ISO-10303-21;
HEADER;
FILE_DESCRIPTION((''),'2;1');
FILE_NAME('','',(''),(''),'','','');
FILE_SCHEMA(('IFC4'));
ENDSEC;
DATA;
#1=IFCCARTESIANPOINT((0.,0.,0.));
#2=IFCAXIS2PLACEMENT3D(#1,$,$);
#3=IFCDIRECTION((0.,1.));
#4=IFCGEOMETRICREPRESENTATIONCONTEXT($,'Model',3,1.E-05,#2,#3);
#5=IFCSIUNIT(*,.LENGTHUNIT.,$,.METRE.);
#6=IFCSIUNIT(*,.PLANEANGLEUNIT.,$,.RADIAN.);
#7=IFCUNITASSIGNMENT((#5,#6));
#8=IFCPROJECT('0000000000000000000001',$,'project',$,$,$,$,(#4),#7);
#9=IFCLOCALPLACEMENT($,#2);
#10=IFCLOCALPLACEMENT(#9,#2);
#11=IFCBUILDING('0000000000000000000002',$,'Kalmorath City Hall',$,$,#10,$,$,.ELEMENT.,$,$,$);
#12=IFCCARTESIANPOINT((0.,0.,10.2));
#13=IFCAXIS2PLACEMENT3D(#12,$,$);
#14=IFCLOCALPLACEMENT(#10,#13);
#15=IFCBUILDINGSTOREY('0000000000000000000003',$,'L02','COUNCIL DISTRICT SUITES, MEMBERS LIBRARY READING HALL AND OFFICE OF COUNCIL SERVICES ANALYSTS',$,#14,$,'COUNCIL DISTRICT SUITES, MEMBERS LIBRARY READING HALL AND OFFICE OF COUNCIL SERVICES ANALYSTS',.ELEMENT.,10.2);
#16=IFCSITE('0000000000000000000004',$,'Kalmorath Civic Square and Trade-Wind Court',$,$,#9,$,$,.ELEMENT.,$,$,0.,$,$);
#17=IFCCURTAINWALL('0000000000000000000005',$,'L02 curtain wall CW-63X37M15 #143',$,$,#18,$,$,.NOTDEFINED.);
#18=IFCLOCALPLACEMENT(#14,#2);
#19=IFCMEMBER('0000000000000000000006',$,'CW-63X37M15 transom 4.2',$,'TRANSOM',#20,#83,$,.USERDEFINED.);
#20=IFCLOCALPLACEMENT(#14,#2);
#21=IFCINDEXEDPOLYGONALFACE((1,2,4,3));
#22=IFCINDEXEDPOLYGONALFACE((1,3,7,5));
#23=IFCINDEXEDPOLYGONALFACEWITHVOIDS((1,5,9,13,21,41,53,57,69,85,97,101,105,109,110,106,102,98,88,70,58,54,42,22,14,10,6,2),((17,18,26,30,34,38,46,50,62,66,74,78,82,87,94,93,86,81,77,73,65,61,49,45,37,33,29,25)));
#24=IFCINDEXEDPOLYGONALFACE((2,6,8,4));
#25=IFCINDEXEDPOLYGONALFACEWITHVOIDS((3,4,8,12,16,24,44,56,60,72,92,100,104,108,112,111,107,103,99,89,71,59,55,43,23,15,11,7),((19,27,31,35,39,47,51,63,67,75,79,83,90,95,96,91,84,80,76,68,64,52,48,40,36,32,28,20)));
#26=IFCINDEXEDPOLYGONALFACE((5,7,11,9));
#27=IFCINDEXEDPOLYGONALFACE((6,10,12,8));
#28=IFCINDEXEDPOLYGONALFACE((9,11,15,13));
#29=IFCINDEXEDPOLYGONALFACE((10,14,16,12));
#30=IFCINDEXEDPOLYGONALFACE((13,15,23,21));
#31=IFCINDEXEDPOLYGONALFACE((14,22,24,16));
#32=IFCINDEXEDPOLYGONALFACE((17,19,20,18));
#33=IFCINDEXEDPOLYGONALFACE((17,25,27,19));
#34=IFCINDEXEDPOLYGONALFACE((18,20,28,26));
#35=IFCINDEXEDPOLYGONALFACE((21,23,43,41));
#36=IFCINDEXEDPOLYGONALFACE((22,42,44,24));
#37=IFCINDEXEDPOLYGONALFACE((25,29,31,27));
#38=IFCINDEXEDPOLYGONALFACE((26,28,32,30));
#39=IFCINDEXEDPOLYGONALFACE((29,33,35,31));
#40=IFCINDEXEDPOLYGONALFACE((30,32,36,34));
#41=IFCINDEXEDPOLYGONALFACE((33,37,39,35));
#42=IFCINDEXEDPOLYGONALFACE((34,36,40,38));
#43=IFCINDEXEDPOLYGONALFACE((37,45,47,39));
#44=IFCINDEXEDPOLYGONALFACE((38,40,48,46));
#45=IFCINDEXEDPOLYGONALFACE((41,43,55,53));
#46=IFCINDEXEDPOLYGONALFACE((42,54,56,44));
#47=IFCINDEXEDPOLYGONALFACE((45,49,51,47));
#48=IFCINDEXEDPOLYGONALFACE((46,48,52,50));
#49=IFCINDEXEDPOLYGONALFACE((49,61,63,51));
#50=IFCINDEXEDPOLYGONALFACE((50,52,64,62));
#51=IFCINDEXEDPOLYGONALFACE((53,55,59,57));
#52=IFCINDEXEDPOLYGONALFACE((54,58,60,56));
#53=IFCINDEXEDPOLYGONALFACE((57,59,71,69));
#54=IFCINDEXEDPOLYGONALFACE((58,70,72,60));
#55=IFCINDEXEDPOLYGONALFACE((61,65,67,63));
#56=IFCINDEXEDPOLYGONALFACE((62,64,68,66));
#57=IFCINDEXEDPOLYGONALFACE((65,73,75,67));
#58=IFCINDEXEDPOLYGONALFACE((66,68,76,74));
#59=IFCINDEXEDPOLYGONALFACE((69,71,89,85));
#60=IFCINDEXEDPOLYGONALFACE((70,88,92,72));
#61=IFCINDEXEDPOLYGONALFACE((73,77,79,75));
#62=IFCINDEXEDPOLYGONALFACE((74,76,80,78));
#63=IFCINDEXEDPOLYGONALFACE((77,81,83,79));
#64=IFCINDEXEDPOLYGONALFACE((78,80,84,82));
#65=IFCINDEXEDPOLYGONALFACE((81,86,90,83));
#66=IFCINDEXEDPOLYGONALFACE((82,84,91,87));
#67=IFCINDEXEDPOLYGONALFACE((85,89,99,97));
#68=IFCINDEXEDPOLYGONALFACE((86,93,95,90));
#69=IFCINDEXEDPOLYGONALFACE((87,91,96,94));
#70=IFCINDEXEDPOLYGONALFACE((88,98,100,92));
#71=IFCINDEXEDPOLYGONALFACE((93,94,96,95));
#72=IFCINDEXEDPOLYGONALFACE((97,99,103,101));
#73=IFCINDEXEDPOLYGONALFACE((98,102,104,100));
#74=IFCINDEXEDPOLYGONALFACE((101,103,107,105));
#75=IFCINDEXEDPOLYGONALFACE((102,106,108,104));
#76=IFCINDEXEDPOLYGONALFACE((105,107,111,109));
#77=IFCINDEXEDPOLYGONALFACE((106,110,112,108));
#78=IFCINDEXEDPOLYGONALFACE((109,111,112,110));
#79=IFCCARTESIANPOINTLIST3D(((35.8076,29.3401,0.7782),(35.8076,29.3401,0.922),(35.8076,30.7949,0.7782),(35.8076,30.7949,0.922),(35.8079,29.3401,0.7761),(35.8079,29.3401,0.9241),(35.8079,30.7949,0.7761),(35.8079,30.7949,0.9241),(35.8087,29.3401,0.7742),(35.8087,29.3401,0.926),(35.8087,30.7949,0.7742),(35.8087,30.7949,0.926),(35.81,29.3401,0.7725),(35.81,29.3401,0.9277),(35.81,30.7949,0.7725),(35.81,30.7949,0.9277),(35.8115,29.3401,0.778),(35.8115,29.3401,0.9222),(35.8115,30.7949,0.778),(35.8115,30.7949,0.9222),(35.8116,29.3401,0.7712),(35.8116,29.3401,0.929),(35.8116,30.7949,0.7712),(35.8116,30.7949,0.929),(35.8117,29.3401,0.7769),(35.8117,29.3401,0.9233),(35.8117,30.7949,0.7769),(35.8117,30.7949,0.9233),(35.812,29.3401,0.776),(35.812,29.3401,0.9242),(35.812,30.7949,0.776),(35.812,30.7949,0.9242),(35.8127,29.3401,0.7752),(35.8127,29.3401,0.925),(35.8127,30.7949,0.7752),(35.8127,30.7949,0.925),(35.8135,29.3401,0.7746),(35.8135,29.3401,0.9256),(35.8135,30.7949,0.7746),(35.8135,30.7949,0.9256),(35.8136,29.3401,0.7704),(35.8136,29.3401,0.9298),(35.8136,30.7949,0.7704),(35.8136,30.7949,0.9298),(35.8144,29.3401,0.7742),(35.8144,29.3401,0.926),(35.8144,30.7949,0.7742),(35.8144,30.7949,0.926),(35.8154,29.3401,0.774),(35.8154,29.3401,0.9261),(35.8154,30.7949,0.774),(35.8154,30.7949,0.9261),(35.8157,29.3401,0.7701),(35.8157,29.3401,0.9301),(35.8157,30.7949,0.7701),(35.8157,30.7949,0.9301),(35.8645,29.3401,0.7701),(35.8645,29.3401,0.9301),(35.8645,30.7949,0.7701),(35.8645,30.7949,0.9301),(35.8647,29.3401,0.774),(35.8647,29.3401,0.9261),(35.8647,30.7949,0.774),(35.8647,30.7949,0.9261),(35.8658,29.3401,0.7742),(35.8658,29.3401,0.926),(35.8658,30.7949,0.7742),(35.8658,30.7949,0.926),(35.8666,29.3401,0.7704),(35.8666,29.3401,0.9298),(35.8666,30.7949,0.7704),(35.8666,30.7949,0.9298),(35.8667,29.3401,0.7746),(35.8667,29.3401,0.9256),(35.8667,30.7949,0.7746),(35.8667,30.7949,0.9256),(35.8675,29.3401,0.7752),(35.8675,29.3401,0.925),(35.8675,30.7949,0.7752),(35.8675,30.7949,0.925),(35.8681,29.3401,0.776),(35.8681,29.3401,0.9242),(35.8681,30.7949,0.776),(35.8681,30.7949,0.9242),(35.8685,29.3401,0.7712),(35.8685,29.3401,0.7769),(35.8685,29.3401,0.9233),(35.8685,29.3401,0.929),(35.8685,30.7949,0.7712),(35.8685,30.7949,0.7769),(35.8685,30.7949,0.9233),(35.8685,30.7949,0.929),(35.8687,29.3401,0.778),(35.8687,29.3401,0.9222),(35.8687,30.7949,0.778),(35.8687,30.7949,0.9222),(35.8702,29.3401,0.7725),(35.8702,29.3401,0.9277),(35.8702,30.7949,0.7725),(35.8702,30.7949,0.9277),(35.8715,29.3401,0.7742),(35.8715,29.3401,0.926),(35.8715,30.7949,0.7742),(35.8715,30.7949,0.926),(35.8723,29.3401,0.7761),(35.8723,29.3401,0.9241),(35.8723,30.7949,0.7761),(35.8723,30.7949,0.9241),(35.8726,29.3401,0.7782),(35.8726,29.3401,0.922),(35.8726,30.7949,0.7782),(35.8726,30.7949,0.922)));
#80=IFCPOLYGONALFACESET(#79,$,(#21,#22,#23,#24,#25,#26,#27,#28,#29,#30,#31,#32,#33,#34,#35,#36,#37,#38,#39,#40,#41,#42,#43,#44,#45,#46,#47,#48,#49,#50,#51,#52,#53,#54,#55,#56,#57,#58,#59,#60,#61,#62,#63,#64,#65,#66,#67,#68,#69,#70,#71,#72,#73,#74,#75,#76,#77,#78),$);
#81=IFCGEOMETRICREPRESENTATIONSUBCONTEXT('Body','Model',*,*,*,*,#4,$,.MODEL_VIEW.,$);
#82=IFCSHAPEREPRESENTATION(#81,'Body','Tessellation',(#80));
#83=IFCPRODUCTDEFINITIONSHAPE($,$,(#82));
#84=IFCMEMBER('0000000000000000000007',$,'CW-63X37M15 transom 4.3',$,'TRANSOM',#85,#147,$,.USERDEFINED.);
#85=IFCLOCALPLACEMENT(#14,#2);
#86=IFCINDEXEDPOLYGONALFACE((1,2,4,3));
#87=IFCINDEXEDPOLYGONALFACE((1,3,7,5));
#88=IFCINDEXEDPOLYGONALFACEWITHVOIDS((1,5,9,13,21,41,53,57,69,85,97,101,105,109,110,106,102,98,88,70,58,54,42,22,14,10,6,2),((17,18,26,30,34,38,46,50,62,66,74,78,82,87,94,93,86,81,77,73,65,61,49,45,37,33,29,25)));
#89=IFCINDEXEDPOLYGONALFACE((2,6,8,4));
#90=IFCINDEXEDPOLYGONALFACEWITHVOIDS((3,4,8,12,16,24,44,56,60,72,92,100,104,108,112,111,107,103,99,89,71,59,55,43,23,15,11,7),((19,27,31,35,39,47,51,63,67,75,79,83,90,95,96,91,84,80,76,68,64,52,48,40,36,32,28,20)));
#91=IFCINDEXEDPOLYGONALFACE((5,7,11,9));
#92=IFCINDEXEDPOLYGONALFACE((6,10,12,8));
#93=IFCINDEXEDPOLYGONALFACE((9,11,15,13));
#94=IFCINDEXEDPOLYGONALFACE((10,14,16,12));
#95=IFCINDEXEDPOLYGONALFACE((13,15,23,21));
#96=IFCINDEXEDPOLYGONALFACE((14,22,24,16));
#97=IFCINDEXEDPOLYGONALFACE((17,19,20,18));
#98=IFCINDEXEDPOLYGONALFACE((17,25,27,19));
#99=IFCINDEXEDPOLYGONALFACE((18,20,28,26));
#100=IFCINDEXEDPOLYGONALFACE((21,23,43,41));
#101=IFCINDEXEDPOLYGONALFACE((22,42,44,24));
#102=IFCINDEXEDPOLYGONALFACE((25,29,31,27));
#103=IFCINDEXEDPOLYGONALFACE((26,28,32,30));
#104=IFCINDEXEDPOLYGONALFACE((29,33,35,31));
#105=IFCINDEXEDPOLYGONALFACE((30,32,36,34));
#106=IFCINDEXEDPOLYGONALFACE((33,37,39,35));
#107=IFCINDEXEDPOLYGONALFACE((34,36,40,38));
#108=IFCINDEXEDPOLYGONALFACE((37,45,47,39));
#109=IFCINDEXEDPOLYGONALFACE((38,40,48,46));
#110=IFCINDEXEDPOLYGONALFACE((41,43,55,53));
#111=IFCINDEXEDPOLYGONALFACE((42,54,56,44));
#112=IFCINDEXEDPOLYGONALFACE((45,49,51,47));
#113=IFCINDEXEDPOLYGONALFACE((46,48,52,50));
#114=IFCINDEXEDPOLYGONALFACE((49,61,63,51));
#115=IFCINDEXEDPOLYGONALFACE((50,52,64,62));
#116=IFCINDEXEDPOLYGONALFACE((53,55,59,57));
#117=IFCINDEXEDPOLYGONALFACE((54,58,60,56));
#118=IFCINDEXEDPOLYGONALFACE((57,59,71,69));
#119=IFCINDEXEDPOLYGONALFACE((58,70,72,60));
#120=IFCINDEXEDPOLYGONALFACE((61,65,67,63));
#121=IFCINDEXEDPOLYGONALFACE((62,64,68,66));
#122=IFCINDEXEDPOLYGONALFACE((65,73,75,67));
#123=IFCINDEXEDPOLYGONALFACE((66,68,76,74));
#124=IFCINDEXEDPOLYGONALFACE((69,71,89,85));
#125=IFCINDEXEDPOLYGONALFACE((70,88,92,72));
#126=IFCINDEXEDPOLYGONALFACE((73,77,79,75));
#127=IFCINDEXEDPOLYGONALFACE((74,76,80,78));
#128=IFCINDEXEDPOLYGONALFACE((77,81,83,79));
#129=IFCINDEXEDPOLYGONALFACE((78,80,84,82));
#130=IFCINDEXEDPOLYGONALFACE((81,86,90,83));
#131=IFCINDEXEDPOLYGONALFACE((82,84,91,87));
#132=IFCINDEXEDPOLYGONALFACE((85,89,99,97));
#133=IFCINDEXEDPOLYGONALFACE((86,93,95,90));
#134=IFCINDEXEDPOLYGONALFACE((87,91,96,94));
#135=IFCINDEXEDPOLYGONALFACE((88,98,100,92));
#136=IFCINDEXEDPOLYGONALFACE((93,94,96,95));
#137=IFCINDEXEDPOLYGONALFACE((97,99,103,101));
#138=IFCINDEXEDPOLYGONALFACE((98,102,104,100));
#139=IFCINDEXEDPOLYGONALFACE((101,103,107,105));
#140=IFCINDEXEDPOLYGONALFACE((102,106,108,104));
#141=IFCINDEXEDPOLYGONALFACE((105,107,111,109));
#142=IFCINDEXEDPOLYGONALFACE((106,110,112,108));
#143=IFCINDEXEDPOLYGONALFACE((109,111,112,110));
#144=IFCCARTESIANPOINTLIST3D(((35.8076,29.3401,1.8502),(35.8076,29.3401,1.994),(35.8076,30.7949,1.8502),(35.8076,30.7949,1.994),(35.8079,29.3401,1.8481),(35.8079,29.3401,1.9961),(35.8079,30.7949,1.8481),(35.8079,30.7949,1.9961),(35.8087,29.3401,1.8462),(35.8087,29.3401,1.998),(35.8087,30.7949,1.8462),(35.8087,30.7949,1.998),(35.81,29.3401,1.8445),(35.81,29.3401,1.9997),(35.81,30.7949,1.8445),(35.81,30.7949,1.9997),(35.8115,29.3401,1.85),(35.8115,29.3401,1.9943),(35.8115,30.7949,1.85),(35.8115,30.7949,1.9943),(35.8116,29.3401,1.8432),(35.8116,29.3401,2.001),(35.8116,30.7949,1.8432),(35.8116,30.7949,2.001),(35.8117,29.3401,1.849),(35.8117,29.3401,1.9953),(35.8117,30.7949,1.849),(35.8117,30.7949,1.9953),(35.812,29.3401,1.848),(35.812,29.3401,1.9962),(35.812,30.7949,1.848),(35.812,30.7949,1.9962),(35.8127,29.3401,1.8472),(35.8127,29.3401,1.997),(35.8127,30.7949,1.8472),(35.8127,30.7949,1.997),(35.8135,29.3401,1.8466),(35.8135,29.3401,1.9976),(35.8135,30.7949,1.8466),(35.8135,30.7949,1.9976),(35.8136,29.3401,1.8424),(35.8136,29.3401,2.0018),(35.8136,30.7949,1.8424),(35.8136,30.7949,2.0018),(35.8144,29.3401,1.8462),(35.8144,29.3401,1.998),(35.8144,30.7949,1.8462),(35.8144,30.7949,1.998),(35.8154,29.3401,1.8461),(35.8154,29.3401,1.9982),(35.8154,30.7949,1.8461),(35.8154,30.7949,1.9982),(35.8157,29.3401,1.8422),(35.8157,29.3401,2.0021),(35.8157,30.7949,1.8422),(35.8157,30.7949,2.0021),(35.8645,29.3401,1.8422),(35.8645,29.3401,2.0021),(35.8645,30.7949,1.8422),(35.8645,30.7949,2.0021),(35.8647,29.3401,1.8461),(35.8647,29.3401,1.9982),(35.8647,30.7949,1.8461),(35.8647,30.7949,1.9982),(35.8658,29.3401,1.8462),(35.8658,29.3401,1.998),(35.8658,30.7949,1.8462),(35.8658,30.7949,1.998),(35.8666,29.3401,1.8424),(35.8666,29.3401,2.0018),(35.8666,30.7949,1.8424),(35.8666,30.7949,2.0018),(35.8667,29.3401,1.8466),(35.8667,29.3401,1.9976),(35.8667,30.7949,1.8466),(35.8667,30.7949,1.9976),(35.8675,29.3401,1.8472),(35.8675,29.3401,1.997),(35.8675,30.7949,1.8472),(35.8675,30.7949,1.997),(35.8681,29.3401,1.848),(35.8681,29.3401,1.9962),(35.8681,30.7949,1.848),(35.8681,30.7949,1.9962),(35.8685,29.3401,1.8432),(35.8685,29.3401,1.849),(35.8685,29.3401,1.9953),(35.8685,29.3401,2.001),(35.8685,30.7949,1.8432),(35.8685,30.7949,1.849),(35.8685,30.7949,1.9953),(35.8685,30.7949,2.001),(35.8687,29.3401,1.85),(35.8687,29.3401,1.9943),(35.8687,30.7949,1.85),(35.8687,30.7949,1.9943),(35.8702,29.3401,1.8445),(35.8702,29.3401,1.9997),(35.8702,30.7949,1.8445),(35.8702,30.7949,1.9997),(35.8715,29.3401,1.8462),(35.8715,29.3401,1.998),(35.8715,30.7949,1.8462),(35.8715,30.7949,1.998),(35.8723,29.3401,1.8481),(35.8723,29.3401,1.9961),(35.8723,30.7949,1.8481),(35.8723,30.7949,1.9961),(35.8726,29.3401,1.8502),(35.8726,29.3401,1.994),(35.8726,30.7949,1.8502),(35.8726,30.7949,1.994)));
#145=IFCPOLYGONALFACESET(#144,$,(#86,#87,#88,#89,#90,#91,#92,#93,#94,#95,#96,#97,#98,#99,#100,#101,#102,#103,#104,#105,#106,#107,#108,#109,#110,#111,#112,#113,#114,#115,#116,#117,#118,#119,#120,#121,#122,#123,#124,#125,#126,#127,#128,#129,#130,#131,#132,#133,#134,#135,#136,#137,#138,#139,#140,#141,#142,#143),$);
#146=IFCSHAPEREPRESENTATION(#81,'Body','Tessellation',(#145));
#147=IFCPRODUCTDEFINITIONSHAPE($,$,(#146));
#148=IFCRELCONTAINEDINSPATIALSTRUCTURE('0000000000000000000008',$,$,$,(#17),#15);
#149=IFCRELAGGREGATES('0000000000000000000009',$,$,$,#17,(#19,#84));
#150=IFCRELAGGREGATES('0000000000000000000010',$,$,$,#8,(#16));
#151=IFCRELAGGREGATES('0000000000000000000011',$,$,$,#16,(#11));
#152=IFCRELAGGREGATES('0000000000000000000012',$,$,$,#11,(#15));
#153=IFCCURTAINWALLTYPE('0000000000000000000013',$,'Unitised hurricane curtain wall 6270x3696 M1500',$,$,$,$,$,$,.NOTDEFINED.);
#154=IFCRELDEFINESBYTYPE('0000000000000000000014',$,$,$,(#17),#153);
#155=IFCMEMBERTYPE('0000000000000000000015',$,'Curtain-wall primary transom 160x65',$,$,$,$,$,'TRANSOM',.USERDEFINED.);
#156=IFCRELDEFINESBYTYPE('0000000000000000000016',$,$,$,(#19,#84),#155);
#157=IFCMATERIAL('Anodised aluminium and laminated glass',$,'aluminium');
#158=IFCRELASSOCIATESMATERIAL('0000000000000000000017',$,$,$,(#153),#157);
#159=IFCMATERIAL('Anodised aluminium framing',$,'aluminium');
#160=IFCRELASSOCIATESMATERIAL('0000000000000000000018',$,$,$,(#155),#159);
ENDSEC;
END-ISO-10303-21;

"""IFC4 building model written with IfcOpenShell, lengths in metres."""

from ifc_helpers import new_model, si_unit, direction, frame, origin, origin_2d, place, context, subcontext, project, spatial, hollow_rectangle, extrude, material, material_profile, profile_set, type_object, element, aggregate, save


model = new_model("IFC4")

# Units and contexts
model_context = context("Model", 3, precision=1e-05, world=origin(), true_north=direction((0.0, 1.0)))
body_context = subcontext(model_context, "Body", "Model", "MODEL_VIEW")
ifc_project = project(units=[si_unit("LENGTHUNIT", "METRE"), si_unit("PLANEANGLEUNIT", "RADIAN")], contexts=[model_context])

# Site, building, storey
site_placement = place(None, origin())
site = spatial("IfcSite", under=ifc_project, at=site_placement, Name="Kalmorath Civic Square and Trade-Wind Court", CompositionType="ELEMENT", RefElevation=0.0)
building_placement = place(site_placement, origin())
building = spatial("IfcBuilding", under=site, at=building_placement, Name="Kalmorath City Hall", CompositionType="ELEMENT")
storey_placement = place(building_placement, frame((0.0, 0.0, 10.2)))
storey = spatial("IfcBuildingStorey", under=building, at=storey_placement, Name="L02", Description="COUNCIL DISTRICT SUITES, MEMBERS LIBRARY READING HALL AND OFFICE OF COUNCIL SERVICES ANALYSTS", LongName="COUNCIL DISTRICT SUITES, MEMBERS LIBRARY READING HALL AND OFFICE OF COUNCIL SERVICES ANALYSTS", CompositionType="ELEMENT", Elevation=10.2)

# Curtain wall
ifc_material_1 = material(Name="Anodised aluminium and laminated glass", Category="aluminium")
curtain_wall_type_1 = type_object("IfcCurtainWallType", Name="Unitised hurricane curtain wall 6270x3696 M1500", PredefinedType="NOTDEFINED", material=ifc_material_1)
curtain_wall_1_placement = place(storey_placement, origin())
curtain_wall_1 = element("IfcCurtainWall", 1, at=curtain_wall_1_placement, inside=storey, type_object=curtain_wall_type_1, Name="L02 curtain wall CW-63X37M15 #143", PredefinedType="NOTDEFINED")

# Members
ifc_material_2 = material(Name="Anodised aluminium framing", Category="aluminium")
ifc_material_profile_1 = material_profile(ifc_material_2, hollow_rectangle(XDim=0.0649, YDim=0.1599, WallThickness=0.0039, InnerFilletRadius=0.0039, OuterFilletRadius=0.0081, at=origin_2d()), Name="ALU-TRN-160X65X4")
ifc_profile_set_1 = profile_set([ifc_material_profile_1], Name="Anodised aluminium framing")
member_type_1 = type_object("IfcMemberType", Name="Curtain-wall primary transom 160x65", ElementType="TRANSOM", PredefinedType="USERDEFINED", material=ifc_profile_set_1)
member_1_placement = place(storey_placement, frame((35.8401, 30.7949, 0.8501), z_axis=(0.0, -1.0, 0.0), x_axis=(1.0, 0.0, 0.0)))
member_1 = element("IfcMember", 2, at=member_1_placement, type_object=member_type_1, Name="CW-63X37M15 transom 4.2", ObjectType="TRANSOM", PredefinedType="USERDEFINED", context=body_context, shape_type="SweptSolid", body=[
    extrude(hollow_rectangle(XDim=0.0649, YDim=0.1599, WallThickness=0.0039, InnerFilletRadius=0.0039, OuterFilletRadius=0.0081, at=origin_2d()), origin(), (0.0, 0.0, 1.0), 1.4548),
])
member_2_placement = place(storey_placement, frame((35.8401, 30.7949, 1.9221), z_axis=(0.0, -1.0, 0.0), x_axis=(1.0, 0.0, 0.0)))
member_2 = element("IfcMember", 3, at=member_2_placement, type_object=member_type_1, Name="CW-63X37M15 transom 4.3", ObjectType="TRANSOM", PredefinedType="USERDEFINED", context=body_context, shape_type="SweptSolid", body=[
    extrude(hollow_rectangle(XDim=0.0649, YDim=0.1599, WallThickness=0.0039, InnerFilletRadius=0.0039, OuterFilletRadius=0.0081, at=origin_2d()), origin(), (0.0, 0.0, 1.0), 1.4548),
])

aggregate(curtain_wall_1, [member_1, member_2])

save(model, "model.ifc")
